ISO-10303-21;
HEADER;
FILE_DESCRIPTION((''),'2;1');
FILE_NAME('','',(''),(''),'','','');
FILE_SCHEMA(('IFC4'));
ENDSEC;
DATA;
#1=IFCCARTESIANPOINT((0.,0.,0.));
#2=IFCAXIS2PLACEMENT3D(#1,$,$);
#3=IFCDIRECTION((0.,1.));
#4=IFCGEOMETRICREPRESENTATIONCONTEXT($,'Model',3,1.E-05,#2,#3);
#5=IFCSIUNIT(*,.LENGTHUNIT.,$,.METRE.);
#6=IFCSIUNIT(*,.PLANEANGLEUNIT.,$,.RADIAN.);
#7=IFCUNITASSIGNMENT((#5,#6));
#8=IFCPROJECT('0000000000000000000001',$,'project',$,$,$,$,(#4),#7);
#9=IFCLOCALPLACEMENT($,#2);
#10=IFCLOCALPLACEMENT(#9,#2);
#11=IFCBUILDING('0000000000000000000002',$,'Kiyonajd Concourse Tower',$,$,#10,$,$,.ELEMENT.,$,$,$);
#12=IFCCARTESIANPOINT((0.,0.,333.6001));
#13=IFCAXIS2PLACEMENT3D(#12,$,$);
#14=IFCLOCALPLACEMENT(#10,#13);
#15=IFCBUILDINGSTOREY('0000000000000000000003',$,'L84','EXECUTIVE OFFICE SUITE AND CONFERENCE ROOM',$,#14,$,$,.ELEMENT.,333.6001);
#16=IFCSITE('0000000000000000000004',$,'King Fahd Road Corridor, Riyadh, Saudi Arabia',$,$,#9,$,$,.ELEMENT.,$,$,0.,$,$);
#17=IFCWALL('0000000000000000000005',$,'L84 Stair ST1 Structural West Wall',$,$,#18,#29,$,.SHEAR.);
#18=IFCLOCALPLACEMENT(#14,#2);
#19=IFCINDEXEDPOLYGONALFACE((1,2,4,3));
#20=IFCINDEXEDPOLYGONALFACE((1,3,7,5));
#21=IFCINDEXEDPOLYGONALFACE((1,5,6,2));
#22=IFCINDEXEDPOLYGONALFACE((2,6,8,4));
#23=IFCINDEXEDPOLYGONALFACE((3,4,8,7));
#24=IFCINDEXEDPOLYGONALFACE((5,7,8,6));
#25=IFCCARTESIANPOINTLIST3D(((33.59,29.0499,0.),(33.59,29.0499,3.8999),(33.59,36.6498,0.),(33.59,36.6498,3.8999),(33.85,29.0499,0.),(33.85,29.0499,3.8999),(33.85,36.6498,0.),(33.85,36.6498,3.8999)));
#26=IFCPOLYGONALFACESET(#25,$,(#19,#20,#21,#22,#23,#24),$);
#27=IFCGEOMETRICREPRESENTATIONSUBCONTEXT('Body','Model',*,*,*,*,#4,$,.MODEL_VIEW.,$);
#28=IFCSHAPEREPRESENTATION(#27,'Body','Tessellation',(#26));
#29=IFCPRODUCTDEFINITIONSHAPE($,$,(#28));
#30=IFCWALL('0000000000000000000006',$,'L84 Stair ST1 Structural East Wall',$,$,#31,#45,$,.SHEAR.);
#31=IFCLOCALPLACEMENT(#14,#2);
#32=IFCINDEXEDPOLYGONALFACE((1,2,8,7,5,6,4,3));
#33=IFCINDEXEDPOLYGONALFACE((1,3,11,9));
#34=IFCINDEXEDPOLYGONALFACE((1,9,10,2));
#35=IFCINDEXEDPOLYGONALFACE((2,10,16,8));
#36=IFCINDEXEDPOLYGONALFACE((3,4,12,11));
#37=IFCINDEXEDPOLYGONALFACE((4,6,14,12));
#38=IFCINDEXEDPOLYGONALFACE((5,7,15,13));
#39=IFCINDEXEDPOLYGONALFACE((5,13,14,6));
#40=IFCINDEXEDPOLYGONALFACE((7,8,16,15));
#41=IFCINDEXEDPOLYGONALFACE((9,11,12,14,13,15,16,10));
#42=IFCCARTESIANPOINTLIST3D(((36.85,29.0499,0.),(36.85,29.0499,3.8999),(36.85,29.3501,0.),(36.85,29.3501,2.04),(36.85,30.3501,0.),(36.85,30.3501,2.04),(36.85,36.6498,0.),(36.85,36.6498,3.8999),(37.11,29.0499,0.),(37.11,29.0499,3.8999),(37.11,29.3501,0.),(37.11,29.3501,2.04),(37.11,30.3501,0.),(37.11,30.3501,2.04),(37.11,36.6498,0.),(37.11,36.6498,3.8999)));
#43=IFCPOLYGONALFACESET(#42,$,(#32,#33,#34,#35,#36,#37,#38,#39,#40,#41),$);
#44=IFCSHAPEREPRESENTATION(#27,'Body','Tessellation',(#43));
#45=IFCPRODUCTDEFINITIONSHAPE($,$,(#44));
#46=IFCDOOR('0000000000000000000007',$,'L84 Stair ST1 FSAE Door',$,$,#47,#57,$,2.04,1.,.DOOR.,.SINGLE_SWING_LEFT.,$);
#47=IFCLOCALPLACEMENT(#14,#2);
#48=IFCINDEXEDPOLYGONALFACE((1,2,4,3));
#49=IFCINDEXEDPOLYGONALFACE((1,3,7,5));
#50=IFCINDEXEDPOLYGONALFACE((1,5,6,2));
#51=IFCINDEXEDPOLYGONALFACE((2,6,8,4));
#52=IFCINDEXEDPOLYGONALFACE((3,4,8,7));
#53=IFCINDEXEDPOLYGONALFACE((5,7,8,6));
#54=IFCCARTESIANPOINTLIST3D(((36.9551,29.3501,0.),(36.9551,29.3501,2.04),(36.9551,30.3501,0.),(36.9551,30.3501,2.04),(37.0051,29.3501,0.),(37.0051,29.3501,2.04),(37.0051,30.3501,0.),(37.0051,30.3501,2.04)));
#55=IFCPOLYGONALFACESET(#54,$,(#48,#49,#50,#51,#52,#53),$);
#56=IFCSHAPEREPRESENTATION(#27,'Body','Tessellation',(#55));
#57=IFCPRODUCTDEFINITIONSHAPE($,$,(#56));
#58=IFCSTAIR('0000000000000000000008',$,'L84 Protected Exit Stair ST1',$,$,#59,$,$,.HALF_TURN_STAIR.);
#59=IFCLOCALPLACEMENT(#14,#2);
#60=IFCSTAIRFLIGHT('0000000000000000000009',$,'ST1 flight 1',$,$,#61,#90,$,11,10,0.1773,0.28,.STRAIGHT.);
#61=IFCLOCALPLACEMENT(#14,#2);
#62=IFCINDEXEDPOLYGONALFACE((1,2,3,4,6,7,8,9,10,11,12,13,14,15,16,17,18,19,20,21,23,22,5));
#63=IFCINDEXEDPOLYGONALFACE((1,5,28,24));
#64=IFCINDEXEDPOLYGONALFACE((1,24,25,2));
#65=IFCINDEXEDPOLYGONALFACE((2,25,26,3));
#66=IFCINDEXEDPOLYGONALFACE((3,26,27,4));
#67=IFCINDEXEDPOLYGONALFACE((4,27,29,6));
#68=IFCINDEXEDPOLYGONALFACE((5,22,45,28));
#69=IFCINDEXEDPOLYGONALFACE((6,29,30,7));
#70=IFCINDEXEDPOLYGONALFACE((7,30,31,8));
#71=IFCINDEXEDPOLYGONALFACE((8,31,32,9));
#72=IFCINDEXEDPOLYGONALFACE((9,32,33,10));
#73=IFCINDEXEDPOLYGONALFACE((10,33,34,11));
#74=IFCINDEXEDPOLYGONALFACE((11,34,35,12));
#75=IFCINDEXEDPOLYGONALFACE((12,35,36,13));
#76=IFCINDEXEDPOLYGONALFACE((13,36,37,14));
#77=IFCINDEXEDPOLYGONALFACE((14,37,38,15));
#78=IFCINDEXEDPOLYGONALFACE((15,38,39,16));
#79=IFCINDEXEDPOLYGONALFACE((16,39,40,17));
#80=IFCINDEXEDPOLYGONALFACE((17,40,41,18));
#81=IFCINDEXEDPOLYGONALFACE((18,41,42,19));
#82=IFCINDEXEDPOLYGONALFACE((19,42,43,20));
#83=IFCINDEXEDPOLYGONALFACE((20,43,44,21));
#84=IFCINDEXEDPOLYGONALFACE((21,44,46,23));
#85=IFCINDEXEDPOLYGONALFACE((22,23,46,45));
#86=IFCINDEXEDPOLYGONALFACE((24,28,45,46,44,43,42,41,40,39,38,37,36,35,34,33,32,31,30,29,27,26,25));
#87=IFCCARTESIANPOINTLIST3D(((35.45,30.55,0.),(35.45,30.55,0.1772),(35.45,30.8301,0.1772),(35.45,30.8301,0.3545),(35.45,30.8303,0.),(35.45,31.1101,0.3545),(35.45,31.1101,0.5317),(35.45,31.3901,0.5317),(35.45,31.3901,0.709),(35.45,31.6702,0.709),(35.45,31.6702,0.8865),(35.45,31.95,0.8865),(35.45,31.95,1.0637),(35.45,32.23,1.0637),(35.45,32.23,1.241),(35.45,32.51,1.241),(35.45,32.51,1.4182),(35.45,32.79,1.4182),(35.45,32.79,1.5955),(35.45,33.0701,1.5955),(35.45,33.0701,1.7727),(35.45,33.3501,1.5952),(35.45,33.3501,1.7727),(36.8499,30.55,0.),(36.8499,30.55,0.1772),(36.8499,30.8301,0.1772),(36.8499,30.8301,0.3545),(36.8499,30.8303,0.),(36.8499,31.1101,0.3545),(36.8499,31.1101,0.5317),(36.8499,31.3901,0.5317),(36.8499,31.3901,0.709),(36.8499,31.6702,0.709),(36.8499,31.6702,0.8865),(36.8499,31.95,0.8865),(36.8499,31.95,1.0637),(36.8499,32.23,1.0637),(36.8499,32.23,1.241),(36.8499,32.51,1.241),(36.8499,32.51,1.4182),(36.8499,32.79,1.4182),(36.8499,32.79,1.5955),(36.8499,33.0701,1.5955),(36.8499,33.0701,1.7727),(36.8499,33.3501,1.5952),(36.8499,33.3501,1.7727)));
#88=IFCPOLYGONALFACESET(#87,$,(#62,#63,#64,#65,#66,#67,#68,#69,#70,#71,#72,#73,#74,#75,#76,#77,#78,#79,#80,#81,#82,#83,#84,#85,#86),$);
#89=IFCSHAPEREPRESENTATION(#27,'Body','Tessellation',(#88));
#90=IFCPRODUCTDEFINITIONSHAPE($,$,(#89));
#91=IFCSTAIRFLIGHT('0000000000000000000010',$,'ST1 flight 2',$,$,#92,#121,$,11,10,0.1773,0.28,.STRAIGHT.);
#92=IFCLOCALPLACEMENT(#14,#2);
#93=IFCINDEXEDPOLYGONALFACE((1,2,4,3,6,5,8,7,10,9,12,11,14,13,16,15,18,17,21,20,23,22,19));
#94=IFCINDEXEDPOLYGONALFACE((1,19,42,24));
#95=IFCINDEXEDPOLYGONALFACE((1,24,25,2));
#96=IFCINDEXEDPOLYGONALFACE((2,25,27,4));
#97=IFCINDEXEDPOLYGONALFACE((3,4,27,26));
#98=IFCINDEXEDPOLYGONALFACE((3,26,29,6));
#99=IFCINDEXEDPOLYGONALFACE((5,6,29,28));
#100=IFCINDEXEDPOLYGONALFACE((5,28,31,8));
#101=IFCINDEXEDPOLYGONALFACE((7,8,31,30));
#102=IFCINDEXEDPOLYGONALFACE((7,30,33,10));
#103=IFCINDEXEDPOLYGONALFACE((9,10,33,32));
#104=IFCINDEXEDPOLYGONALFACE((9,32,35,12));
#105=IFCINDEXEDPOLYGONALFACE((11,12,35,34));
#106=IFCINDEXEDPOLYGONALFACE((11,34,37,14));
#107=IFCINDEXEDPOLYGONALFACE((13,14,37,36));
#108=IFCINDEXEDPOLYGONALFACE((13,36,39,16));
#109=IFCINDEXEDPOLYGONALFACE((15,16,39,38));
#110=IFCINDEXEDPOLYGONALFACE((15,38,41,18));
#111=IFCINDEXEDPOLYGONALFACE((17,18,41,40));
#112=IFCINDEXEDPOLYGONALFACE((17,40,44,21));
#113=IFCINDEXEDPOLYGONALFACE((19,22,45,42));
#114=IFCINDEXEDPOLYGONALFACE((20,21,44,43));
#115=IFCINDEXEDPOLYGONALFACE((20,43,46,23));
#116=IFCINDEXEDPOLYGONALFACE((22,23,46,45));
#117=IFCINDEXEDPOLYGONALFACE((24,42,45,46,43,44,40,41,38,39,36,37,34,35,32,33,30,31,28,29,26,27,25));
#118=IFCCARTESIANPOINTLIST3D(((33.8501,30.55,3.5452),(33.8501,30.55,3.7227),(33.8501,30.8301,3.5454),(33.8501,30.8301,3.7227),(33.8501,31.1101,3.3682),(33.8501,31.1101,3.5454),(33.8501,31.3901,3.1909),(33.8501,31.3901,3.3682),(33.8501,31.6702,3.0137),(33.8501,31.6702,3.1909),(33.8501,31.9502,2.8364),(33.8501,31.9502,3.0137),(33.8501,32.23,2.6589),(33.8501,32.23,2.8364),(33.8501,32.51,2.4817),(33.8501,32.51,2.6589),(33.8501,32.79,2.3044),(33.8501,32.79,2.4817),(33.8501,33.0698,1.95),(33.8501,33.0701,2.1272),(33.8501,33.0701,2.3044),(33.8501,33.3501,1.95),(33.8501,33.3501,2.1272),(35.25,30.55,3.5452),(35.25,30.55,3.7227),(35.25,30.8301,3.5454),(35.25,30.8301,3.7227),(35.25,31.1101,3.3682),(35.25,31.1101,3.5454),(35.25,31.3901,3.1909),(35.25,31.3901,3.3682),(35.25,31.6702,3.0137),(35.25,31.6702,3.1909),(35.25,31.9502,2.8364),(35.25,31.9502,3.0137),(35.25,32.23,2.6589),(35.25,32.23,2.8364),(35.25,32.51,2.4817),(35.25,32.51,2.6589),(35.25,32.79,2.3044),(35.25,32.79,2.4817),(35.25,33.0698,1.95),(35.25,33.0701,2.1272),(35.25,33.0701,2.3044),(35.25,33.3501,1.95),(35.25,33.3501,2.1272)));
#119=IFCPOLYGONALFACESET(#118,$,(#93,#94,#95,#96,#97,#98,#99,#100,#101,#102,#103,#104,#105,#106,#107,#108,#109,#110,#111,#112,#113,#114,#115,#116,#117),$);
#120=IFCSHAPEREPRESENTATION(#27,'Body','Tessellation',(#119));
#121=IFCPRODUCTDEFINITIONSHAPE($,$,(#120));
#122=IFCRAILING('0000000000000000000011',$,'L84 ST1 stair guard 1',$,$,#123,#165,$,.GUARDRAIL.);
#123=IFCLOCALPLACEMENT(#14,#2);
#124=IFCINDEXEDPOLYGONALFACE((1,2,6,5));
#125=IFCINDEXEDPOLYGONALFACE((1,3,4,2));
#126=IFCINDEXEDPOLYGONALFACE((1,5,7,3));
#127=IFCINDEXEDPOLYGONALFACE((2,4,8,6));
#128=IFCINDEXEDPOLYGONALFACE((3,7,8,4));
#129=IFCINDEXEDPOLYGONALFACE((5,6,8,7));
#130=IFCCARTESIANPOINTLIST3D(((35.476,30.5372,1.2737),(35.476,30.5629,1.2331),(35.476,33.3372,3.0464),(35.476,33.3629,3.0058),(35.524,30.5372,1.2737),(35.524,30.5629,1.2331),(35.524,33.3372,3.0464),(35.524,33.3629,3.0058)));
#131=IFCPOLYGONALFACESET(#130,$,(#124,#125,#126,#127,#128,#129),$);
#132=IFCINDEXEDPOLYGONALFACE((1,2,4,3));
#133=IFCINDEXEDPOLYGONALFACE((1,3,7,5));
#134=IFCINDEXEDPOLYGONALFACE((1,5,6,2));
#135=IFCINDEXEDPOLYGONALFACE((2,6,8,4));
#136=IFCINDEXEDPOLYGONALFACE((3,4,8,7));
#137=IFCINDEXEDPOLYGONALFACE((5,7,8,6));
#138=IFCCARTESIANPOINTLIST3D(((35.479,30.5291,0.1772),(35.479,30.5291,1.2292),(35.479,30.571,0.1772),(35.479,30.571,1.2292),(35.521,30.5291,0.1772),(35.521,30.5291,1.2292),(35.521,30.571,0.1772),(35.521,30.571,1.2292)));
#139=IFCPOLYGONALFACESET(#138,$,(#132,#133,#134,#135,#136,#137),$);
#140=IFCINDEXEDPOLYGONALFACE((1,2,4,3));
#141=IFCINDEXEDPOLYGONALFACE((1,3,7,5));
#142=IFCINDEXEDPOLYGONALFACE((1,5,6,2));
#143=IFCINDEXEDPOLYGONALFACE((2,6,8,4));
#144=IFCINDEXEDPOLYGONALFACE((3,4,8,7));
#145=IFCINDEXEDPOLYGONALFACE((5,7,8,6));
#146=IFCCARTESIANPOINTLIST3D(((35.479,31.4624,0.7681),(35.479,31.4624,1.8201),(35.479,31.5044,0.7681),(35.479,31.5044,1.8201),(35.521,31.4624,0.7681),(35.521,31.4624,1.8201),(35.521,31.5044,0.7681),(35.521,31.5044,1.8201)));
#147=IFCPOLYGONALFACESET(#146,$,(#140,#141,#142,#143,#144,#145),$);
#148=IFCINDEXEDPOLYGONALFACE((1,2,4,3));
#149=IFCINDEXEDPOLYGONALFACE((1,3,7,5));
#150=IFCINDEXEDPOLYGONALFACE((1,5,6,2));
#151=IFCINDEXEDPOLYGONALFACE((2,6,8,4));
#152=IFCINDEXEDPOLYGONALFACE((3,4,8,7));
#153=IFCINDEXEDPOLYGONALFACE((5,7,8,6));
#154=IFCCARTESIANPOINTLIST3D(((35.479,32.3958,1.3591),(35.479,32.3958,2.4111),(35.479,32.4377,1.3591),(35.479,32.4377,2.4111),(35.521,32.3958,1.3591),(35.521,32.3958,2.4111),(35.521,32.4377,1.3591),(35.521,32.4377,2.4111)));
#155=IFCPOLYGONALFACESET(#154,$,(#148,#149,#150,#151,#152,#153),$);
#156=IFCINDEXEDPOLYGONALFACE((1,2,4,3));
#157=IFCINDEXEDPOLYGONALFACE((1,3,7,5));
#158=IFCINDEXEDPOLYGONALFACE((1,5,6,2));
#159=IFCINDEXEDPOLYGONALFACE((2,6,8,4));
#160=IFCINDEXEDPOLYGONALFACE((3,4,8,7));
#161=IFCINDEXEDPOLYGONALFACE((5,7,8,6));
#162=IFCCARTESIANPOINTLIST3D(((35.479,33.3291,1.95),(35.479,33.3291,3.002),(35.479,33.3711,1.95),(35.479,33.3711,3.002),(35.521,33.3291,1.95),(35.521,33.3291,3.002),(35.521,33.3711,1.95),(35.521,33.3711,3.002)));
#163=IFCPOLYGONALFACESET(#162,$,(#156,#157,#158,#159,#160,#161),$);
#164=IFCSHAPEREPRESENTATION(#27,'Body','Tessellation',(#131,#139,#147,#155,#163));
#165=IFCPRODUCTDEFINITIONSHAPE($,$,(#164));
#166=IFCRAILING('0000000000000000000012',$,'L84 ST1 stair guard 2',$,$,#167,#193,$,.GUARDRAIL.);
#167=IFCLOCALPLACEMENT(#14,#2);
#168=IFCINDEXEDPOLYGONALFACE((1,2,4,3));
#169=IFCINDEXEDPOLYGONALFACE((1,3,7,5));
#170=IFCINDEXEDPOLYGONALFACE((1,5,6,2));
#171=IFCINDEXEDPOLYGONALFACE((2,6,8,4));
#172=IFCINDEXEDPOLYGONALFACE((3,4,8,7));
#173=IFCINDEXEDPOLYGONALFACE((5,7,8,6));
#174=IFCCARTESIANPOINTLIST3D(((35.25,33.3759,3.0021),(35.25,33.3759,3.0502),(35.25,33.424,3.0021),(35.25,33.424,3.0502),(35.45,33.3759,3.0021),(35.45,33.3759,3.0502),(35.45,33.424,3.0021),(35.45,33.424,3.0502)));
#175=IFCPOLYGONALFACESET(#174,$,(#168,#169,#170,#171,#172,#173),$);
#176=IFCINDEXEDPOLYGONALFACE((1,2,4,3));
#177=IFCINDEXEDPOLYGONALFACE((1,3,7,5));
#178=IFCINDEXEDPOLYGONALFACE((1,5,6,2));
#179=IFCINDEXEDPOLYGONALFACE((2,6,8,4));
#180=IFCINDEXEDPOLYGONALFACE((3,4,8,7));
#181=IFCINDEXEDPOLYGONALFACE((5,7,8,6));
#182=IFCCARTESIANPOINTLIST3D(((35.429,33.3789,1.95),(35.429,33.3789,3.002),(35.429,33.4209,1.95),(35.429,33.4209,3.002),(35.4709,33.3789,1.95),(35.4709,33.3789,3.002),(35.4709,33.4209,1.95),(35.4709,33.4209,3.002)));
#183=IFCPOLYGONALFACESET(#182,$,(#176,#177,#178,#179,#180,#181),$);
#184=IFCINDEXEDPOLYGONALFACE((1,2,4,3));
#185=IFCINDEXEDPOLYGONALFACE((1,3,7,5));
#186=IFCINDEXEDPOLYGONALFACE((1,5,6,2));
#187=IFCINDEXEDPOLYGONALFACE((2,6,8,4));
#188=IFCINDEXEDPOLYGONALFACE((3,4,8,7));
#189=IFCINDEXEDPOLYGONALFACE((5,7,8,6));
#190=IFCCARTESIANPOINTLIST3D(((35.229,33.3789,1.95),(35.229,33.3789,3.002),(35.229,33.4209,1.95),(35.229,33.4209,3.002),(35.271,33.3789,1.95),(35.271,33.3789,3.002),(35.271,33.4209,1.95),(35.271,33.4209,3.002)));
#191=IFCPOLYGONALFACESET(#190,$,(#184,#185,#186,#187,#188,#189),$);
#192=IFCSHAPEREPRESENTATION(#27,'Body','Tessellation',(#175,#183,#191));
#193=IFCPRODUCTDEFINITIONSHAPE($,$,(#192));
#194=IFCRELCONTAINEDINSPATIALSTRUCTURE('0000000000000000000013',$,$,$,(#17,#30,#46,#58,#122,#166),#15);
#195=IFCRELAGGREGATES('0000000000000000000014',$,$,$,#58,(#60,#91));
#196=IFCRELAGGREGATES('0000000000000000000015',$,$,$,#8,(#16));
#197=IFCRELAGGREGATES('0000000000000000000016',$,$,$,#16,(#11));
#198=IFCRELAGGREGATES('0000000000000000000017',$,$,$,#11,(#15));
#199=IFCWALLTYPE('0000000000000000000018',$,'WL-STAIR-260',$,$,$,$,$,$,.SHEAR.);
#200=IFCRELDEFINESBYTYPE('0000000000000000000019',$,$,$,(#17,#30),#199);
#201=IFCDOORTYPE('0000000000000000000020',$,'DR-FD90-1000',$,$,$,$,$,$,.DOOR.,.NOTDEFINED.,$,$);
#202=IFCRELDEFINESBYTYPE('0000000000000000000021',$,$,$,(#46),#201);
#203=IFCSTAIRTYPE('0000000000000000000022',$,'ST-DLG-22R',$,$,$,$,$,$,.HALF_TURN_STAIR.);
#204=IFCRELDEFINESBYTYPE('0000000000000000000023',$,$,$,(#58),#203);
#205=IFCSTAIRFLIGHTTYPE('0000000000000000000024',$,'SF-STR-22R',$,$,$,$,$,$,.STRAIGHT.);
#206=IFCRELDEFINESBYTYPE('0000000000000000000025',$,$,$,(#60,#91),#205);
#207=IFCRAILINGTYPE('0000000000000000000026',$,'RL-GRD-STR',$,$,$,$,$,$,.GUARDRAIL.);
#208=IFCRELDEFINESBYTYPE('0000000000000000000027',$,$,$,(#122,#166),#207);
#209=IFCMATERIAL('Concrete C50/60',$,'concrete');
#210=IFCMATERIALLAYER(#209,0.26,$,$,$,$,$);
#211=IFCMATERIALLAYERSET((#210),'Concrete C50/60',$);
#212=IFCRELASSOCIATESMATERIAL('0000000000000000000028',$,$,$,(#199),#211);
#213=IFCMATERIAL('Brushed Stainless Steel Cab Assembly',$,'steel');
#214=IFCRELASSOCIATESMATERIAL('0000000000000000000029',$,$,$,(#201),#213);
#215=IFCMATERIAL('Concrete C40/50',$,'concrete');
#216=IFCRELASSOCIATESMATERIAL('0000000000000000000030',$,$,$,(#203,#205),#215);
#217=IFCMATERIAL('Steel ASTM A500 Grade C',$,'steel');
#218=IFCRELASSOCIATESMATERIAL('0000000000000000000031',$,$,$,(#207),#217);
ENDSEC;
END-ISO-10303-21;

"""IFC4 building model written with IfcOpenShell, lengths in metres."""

from ifc_helpers import new_model, si_unit, direction, frame, frame_2d, origin, origin_2d, place, context, subcontext, project, spatial, polyline, rectangle, outline, extrude, material, layer, layer_set, type_object, element, fill, aggregate, save


model = new_model("IFC4")

# Units and contexts
model_context = context("Model", 3, precision=1e-05, world=origin(), true_north=direction((0.0, 1.0)))
body_context = subcontext(model_context, "Body", "Model", "MODEL_VIEW")
ifc_project = project(units=[si_unit("LENGTHUNIT", "METRE"), si_unit("PLANEANGLEUNIT", "RADIAN")], contexts=[model_context])

# Site, building, storey
site_placement = place(None, origin())
site = spatial("IfcSite", under=ifc_project, at=site_placement, Name="King Fahd Road Corridor, Riyadh, Saudi Arabia", CompositionType="ELEMENT", RefElevation=0.0)
building_placement = place(site_placement, origin())
building = spatial("IfcBuilding", under=site, at=building_placement, Name="Kiyonajd Concourse Tower", CompositionType="ELEMENT")
storey_placement = place(building_placement, frame((0.0, 0.0, 333.6001)))
storey = spatial("IfcBuildingStorey", under=building, at=storey_placement, Name="L84", Description="EXECUTIVE OFFICE SUITE AND CONFERENCE ROOM", CompositionType="ELEMENT", Elevation=333.6001)

# Shared definitions
ifc_material_1 = material(Name="Concrete C50/60", Category="concrete")

# Shared definitions
ifc_material_2 = material(Name="Brushed Stainless Steel Cab Assembly", Category="steel")

# Wall
ifc_layer_1 = layer(ifc_material_1, 0.26)
ifc_layer_set_1 = layer_set([ifc_layer_1], Name="Concrete C50/60")
wall_type_1 = type_object("IfcWallType", Name="WL-STAIR-260", PredefinedType="SHEAR", material=ifc_layer_set_1)
wall_1_placement = place(storey_placement, frame((33.72, 29.05, 0.0), z_axis=(0.0, 0.0, 1.0), x_axis=(0.0, 1.0, 0.0)))
element("IfcWall", 1, at=wall_1_placement, inside=storey, type_object=wall_type_1, Name="L84 Stair ST1 Structural West Wall", PredefinedType="SHEAR", context=body_context, shape_type="SweptSolid", body=[
    extrude(rectangle(XDim=7.5999, YDim=0.26, at=frame_2d((3.7998, 0.0))), origin(), (0.0, 0.0, 1.0), 3.8999),
])

# Wall, opening, door
wall_2_placement = place(storey_placement, frame((36.98, 29.05, 0.0), z_axis=(0.0, 0.0, 1.0), x_axis=(0.0, 1.0, 0.0)))
wall_2 = element("IfcWall", 2, at=wall_2_placement, inside=storey, type_object=wall_type_1, Name="L84 Stair ST1 Structural East Wall", PredefinedType="SHEAR", context=body_context, shape_type="SweptSolid", body=[
    extrude(rectangle(XDim=7.5999, YDim=0.26, at=frame_2d((3.7998, 0.0))), origin(), (0.0, 0.0, 1.0), 3.8999),
])
opening_1_placement = place(wall_2_placement, frame((0.3, 0.0, 0.0)))
opening_1 = element("IfcOpeningElement", 3, at=opening_1_placement, cuts=wall_2, PredefinedType="OPENING", context=body_context, shape_type="SweptSolid", body=[
    extrude(rectangle(XDim=1.0, YDim=2.04, at=frame_2d((0.5, 1.02))), frame((0.0, 0.1399, 0.0), z_axis=(0.0, -1.0, 0.0), x_axis=(1.0, 0.0, 0.0)), (0.0, 0.0, 1.0), 0.28),
])
door_type_1 = type_object("IfcDoorType", Name="DR-FD90-1000", OperationType="NOTDEFINED", PredefinedType="DOOR", material=ifc_material_2)
door_1_placement = place(opening_1_placement, origin())
door_1 = element("IfcDoor", 4, at=door_1_placement, inside=storey, type_object=door_type_1, Name="L84 Stair ST1 FSAE Door", OperationType="SINGLE_SWING_LEFT", OverallHeight=2.04, OverallWidth=1.0, PredefinedType="DOOR", context=body_context, shape_type="SweptSolid", body=[
    extrude(rectangle(XDim=1.0, YDim=2.04, at=frame_2d((0.5, 1.02))), frame((0.0, 0.0249, 0.0), z_axis=(0.0, -1.0, 0.0), x_axis=(1.0, 0.0, 0.0)), (0.0, 0.0, 1.0), 0.05),
])
fill(opening_1, door_1)

# Stair, stair flights
ifc_material_3 = material(Name="Concrete C40/50", Category="concrete")
stair_type = type_object("IfcStairType", Name="ST-DLG-22R", PredefinedType="HALF_TURN_STAIR", material=ifc_material_3)
stair_placement = place(storey_placement, origin())
stair = element("IfcStair", 5, at=stair_placement, inside=storey, type_object=stair_type, Name="L84 Protected Exit Stair ST1", PredefinedType="HALF_TURN_STAIR")
stair_flight_type = type_object("IfcStairFlightType", Name="SF-STR-22R", PredefinedType="STRAIGHT", material=ifc_material_3)
stair_flight_1_placement = place(storey_placement, frame((36.1499, 30.55, 0.0), z_axis=(0.0, 0.0, 1.0), x_axis=(0.0, 1.0, 0.0)))
stair_flight_1 = element("IfcStairFlight", 6, at=stair_flight_1_placement, type_object=stair_flight_type, Name="ST1 flight 1", NumberOfRisers=11, NumberOfTreads=10, PredefinedType="STRAIGHT", RiserHeight=0.1773, TreadLength=0.28, context=body_context, shape_type="SweptSolid", body=[
    extrude(outline(polyline([(0.0, 0.0), (0.0, 0.1772), (0.28, 0.1772), (0.28, 0.3545), (0.5601, 0.3545), (0.5601, 0.5317), (0.8401, 0.5317), (0.8401, 0.709), (1.1201, 0.709), (1.1201, 0.8865), (1.3999, 0.8865), (1.3999, 1.0637), (1.6799, 1.0637), (1.6799, 1.241), (1.96, 1.241), (1.96, 1.4182), (2.24, 1.4182), (2.24, 1.5955), (2.52, 1.5955), (2.52, 1.7727), (2.8, 1.7727), (2.8, 1.95), (2.8, 1.5952), (0.2803, 0.0), (0.0, 0.0)])), frame((0.0, 0.7, 0.0), z_axis=(0.0, -1.0, 0.0), x_axis=(1.0, 0.0, 0.0)), (0.0, 0.0, 1.0), 1.3999),
])
stair_flight_2_placement = place(storey_placement, frame((34.55, 33.3501, 1.95), z_axis=(0.0, 0.0, 1.0), x_axis=(0.0, -1.0, 0.0)))
stair_flight_2 = element("IfcStairFlight", 7, at=stair_flight_2_placement, type_object=stair_flight_type, Name="ST1 flight 2", NumberOfRisers=11, NumberOfTreads=10, PredefinedType="STRAIGHT", RiserHeight=0.1773, TreadLength=0.28, context=body_context, shape_type="SweptSolid", body=[
    extrude(outline(polyline([(0.0, 0.0), (0.0, 0.1772), (0.28, 0.1772), (0.28, 0.3545), (0.5601, 0.3545), (0.5601, 0.5317), (0.8401, 0.5317), (0.8401, 0.709), (1.1201, 0.709), (1.1201, 0.8865), (1.3999, 0.8865), (1.3999, 1.0637), (1.6799, 1.0637), (1.6799, 1.241), (1.96, 1.241), (1.96, 1.4182), (2.24, 1.4182), (2.24, 1.5955), (2.52, 1.5955), (2.52, 1.7727), (2.8, 1.7727), (2.8, 1.95), (2.8, 1.5952), (0.2803, 0.0), (0.0, 0.0)])), frame((0.0, 0.7, 0.0), z_axis=(0.0, -1.0, 0.0), x_axis=(1.0, 0.0, 0.0)), (0.0, 0.0, 1.0), 1.3999),
])
aggregate(stair, [stair_flight_1, stair_flight_2])

# Railings
ifc_material_4 = material(Name="Steel ASTM A500 Grade C", Category="steel")
railing_type_1 = type_object("IfcRailingType", Name="RL-GRD-STR", PredefinedType="GUARDRAIL", material=ifc_material_4)
railing_1_placement = place(storey_placement, frame((35.5, 30.55, 0.1772)))
element("IfcRailing", 8, at=railing_1_placement, inside=storey, type_object=railing_type_1, Name="L84 ST1 stair guard 1", PredefinedType="GUARDRAIL", context=body_context, shape_type="SweptSolid", body=[
    extrude(rectangle(XDim=0.0481, YDim=0.0481, at=origin_2d()), frame((0.0, 0.0, 1.0762), z_axis=(0.0, 0.844909, 0.53491), x_axis=(-1.0, 0.0, 0.0)), (0.0, 0.0, 1.0), 3.314),
    extrude(rectangle(XDim=0.042, YDim=0.042, at=origin_2d()), origin(), (0.0, 0.0, 1.0), 1.052),
    extrude(rectangle(XDim=0.042, YDim=0.042, at=origin_2d()), frame((0.0, 0.9333, 0.5908)), (0.0, 0.0, 1.0), 1.052),
    extrude(rectangle(XDim=0.042, YDim=0.042, at=origin_2d()), frame((0.0, 1.8667, 1.1819)), (0.0, 0.0, 1.0), 1.052),
    extrude(rectangle(XDim=0.042, YDim=0.042, at=origin_2d()), frame((0.0, 2.8, 1.7727)), (0.0, 0.0, 1.0), 1.052),
])
railing_2_placement = place(storey_placement, frame((35.45, 33.3999, 1.95)))
element("IfcRailing", 9, at=railing_2_placement, inside=storey, type_object=railing_type_1, Name="L84 ST1 stair guard 2", PredefinedType="GUARDRAIL", context=body_context, shape_type="SweptSolid", body=[
    extrude(rectangle(XDim=0.0481, YDim=0.0481, at=origin_2d()), frame((0.0, 0.0, 1.0762), z_axis=(-1.0, 0.0, 0.0), x_axis=(0.0, -1.0, 0.0)), (0.0, 0.0, 1.0), 0.2),
    extrude(rectangle(XDim=0.042, YDim=0.042, at=origin_2d()), origin(), (0.0, 0.0, 1.0), 1.052),
    extrude(rectangle(XDim=0.042, YDim=0.042, at=origin_2d()), frame((-0.2, 0.0, 0.0)), (0.0, 0.0, 1.0), 1.052),
])

save(model, "model.ifc")
